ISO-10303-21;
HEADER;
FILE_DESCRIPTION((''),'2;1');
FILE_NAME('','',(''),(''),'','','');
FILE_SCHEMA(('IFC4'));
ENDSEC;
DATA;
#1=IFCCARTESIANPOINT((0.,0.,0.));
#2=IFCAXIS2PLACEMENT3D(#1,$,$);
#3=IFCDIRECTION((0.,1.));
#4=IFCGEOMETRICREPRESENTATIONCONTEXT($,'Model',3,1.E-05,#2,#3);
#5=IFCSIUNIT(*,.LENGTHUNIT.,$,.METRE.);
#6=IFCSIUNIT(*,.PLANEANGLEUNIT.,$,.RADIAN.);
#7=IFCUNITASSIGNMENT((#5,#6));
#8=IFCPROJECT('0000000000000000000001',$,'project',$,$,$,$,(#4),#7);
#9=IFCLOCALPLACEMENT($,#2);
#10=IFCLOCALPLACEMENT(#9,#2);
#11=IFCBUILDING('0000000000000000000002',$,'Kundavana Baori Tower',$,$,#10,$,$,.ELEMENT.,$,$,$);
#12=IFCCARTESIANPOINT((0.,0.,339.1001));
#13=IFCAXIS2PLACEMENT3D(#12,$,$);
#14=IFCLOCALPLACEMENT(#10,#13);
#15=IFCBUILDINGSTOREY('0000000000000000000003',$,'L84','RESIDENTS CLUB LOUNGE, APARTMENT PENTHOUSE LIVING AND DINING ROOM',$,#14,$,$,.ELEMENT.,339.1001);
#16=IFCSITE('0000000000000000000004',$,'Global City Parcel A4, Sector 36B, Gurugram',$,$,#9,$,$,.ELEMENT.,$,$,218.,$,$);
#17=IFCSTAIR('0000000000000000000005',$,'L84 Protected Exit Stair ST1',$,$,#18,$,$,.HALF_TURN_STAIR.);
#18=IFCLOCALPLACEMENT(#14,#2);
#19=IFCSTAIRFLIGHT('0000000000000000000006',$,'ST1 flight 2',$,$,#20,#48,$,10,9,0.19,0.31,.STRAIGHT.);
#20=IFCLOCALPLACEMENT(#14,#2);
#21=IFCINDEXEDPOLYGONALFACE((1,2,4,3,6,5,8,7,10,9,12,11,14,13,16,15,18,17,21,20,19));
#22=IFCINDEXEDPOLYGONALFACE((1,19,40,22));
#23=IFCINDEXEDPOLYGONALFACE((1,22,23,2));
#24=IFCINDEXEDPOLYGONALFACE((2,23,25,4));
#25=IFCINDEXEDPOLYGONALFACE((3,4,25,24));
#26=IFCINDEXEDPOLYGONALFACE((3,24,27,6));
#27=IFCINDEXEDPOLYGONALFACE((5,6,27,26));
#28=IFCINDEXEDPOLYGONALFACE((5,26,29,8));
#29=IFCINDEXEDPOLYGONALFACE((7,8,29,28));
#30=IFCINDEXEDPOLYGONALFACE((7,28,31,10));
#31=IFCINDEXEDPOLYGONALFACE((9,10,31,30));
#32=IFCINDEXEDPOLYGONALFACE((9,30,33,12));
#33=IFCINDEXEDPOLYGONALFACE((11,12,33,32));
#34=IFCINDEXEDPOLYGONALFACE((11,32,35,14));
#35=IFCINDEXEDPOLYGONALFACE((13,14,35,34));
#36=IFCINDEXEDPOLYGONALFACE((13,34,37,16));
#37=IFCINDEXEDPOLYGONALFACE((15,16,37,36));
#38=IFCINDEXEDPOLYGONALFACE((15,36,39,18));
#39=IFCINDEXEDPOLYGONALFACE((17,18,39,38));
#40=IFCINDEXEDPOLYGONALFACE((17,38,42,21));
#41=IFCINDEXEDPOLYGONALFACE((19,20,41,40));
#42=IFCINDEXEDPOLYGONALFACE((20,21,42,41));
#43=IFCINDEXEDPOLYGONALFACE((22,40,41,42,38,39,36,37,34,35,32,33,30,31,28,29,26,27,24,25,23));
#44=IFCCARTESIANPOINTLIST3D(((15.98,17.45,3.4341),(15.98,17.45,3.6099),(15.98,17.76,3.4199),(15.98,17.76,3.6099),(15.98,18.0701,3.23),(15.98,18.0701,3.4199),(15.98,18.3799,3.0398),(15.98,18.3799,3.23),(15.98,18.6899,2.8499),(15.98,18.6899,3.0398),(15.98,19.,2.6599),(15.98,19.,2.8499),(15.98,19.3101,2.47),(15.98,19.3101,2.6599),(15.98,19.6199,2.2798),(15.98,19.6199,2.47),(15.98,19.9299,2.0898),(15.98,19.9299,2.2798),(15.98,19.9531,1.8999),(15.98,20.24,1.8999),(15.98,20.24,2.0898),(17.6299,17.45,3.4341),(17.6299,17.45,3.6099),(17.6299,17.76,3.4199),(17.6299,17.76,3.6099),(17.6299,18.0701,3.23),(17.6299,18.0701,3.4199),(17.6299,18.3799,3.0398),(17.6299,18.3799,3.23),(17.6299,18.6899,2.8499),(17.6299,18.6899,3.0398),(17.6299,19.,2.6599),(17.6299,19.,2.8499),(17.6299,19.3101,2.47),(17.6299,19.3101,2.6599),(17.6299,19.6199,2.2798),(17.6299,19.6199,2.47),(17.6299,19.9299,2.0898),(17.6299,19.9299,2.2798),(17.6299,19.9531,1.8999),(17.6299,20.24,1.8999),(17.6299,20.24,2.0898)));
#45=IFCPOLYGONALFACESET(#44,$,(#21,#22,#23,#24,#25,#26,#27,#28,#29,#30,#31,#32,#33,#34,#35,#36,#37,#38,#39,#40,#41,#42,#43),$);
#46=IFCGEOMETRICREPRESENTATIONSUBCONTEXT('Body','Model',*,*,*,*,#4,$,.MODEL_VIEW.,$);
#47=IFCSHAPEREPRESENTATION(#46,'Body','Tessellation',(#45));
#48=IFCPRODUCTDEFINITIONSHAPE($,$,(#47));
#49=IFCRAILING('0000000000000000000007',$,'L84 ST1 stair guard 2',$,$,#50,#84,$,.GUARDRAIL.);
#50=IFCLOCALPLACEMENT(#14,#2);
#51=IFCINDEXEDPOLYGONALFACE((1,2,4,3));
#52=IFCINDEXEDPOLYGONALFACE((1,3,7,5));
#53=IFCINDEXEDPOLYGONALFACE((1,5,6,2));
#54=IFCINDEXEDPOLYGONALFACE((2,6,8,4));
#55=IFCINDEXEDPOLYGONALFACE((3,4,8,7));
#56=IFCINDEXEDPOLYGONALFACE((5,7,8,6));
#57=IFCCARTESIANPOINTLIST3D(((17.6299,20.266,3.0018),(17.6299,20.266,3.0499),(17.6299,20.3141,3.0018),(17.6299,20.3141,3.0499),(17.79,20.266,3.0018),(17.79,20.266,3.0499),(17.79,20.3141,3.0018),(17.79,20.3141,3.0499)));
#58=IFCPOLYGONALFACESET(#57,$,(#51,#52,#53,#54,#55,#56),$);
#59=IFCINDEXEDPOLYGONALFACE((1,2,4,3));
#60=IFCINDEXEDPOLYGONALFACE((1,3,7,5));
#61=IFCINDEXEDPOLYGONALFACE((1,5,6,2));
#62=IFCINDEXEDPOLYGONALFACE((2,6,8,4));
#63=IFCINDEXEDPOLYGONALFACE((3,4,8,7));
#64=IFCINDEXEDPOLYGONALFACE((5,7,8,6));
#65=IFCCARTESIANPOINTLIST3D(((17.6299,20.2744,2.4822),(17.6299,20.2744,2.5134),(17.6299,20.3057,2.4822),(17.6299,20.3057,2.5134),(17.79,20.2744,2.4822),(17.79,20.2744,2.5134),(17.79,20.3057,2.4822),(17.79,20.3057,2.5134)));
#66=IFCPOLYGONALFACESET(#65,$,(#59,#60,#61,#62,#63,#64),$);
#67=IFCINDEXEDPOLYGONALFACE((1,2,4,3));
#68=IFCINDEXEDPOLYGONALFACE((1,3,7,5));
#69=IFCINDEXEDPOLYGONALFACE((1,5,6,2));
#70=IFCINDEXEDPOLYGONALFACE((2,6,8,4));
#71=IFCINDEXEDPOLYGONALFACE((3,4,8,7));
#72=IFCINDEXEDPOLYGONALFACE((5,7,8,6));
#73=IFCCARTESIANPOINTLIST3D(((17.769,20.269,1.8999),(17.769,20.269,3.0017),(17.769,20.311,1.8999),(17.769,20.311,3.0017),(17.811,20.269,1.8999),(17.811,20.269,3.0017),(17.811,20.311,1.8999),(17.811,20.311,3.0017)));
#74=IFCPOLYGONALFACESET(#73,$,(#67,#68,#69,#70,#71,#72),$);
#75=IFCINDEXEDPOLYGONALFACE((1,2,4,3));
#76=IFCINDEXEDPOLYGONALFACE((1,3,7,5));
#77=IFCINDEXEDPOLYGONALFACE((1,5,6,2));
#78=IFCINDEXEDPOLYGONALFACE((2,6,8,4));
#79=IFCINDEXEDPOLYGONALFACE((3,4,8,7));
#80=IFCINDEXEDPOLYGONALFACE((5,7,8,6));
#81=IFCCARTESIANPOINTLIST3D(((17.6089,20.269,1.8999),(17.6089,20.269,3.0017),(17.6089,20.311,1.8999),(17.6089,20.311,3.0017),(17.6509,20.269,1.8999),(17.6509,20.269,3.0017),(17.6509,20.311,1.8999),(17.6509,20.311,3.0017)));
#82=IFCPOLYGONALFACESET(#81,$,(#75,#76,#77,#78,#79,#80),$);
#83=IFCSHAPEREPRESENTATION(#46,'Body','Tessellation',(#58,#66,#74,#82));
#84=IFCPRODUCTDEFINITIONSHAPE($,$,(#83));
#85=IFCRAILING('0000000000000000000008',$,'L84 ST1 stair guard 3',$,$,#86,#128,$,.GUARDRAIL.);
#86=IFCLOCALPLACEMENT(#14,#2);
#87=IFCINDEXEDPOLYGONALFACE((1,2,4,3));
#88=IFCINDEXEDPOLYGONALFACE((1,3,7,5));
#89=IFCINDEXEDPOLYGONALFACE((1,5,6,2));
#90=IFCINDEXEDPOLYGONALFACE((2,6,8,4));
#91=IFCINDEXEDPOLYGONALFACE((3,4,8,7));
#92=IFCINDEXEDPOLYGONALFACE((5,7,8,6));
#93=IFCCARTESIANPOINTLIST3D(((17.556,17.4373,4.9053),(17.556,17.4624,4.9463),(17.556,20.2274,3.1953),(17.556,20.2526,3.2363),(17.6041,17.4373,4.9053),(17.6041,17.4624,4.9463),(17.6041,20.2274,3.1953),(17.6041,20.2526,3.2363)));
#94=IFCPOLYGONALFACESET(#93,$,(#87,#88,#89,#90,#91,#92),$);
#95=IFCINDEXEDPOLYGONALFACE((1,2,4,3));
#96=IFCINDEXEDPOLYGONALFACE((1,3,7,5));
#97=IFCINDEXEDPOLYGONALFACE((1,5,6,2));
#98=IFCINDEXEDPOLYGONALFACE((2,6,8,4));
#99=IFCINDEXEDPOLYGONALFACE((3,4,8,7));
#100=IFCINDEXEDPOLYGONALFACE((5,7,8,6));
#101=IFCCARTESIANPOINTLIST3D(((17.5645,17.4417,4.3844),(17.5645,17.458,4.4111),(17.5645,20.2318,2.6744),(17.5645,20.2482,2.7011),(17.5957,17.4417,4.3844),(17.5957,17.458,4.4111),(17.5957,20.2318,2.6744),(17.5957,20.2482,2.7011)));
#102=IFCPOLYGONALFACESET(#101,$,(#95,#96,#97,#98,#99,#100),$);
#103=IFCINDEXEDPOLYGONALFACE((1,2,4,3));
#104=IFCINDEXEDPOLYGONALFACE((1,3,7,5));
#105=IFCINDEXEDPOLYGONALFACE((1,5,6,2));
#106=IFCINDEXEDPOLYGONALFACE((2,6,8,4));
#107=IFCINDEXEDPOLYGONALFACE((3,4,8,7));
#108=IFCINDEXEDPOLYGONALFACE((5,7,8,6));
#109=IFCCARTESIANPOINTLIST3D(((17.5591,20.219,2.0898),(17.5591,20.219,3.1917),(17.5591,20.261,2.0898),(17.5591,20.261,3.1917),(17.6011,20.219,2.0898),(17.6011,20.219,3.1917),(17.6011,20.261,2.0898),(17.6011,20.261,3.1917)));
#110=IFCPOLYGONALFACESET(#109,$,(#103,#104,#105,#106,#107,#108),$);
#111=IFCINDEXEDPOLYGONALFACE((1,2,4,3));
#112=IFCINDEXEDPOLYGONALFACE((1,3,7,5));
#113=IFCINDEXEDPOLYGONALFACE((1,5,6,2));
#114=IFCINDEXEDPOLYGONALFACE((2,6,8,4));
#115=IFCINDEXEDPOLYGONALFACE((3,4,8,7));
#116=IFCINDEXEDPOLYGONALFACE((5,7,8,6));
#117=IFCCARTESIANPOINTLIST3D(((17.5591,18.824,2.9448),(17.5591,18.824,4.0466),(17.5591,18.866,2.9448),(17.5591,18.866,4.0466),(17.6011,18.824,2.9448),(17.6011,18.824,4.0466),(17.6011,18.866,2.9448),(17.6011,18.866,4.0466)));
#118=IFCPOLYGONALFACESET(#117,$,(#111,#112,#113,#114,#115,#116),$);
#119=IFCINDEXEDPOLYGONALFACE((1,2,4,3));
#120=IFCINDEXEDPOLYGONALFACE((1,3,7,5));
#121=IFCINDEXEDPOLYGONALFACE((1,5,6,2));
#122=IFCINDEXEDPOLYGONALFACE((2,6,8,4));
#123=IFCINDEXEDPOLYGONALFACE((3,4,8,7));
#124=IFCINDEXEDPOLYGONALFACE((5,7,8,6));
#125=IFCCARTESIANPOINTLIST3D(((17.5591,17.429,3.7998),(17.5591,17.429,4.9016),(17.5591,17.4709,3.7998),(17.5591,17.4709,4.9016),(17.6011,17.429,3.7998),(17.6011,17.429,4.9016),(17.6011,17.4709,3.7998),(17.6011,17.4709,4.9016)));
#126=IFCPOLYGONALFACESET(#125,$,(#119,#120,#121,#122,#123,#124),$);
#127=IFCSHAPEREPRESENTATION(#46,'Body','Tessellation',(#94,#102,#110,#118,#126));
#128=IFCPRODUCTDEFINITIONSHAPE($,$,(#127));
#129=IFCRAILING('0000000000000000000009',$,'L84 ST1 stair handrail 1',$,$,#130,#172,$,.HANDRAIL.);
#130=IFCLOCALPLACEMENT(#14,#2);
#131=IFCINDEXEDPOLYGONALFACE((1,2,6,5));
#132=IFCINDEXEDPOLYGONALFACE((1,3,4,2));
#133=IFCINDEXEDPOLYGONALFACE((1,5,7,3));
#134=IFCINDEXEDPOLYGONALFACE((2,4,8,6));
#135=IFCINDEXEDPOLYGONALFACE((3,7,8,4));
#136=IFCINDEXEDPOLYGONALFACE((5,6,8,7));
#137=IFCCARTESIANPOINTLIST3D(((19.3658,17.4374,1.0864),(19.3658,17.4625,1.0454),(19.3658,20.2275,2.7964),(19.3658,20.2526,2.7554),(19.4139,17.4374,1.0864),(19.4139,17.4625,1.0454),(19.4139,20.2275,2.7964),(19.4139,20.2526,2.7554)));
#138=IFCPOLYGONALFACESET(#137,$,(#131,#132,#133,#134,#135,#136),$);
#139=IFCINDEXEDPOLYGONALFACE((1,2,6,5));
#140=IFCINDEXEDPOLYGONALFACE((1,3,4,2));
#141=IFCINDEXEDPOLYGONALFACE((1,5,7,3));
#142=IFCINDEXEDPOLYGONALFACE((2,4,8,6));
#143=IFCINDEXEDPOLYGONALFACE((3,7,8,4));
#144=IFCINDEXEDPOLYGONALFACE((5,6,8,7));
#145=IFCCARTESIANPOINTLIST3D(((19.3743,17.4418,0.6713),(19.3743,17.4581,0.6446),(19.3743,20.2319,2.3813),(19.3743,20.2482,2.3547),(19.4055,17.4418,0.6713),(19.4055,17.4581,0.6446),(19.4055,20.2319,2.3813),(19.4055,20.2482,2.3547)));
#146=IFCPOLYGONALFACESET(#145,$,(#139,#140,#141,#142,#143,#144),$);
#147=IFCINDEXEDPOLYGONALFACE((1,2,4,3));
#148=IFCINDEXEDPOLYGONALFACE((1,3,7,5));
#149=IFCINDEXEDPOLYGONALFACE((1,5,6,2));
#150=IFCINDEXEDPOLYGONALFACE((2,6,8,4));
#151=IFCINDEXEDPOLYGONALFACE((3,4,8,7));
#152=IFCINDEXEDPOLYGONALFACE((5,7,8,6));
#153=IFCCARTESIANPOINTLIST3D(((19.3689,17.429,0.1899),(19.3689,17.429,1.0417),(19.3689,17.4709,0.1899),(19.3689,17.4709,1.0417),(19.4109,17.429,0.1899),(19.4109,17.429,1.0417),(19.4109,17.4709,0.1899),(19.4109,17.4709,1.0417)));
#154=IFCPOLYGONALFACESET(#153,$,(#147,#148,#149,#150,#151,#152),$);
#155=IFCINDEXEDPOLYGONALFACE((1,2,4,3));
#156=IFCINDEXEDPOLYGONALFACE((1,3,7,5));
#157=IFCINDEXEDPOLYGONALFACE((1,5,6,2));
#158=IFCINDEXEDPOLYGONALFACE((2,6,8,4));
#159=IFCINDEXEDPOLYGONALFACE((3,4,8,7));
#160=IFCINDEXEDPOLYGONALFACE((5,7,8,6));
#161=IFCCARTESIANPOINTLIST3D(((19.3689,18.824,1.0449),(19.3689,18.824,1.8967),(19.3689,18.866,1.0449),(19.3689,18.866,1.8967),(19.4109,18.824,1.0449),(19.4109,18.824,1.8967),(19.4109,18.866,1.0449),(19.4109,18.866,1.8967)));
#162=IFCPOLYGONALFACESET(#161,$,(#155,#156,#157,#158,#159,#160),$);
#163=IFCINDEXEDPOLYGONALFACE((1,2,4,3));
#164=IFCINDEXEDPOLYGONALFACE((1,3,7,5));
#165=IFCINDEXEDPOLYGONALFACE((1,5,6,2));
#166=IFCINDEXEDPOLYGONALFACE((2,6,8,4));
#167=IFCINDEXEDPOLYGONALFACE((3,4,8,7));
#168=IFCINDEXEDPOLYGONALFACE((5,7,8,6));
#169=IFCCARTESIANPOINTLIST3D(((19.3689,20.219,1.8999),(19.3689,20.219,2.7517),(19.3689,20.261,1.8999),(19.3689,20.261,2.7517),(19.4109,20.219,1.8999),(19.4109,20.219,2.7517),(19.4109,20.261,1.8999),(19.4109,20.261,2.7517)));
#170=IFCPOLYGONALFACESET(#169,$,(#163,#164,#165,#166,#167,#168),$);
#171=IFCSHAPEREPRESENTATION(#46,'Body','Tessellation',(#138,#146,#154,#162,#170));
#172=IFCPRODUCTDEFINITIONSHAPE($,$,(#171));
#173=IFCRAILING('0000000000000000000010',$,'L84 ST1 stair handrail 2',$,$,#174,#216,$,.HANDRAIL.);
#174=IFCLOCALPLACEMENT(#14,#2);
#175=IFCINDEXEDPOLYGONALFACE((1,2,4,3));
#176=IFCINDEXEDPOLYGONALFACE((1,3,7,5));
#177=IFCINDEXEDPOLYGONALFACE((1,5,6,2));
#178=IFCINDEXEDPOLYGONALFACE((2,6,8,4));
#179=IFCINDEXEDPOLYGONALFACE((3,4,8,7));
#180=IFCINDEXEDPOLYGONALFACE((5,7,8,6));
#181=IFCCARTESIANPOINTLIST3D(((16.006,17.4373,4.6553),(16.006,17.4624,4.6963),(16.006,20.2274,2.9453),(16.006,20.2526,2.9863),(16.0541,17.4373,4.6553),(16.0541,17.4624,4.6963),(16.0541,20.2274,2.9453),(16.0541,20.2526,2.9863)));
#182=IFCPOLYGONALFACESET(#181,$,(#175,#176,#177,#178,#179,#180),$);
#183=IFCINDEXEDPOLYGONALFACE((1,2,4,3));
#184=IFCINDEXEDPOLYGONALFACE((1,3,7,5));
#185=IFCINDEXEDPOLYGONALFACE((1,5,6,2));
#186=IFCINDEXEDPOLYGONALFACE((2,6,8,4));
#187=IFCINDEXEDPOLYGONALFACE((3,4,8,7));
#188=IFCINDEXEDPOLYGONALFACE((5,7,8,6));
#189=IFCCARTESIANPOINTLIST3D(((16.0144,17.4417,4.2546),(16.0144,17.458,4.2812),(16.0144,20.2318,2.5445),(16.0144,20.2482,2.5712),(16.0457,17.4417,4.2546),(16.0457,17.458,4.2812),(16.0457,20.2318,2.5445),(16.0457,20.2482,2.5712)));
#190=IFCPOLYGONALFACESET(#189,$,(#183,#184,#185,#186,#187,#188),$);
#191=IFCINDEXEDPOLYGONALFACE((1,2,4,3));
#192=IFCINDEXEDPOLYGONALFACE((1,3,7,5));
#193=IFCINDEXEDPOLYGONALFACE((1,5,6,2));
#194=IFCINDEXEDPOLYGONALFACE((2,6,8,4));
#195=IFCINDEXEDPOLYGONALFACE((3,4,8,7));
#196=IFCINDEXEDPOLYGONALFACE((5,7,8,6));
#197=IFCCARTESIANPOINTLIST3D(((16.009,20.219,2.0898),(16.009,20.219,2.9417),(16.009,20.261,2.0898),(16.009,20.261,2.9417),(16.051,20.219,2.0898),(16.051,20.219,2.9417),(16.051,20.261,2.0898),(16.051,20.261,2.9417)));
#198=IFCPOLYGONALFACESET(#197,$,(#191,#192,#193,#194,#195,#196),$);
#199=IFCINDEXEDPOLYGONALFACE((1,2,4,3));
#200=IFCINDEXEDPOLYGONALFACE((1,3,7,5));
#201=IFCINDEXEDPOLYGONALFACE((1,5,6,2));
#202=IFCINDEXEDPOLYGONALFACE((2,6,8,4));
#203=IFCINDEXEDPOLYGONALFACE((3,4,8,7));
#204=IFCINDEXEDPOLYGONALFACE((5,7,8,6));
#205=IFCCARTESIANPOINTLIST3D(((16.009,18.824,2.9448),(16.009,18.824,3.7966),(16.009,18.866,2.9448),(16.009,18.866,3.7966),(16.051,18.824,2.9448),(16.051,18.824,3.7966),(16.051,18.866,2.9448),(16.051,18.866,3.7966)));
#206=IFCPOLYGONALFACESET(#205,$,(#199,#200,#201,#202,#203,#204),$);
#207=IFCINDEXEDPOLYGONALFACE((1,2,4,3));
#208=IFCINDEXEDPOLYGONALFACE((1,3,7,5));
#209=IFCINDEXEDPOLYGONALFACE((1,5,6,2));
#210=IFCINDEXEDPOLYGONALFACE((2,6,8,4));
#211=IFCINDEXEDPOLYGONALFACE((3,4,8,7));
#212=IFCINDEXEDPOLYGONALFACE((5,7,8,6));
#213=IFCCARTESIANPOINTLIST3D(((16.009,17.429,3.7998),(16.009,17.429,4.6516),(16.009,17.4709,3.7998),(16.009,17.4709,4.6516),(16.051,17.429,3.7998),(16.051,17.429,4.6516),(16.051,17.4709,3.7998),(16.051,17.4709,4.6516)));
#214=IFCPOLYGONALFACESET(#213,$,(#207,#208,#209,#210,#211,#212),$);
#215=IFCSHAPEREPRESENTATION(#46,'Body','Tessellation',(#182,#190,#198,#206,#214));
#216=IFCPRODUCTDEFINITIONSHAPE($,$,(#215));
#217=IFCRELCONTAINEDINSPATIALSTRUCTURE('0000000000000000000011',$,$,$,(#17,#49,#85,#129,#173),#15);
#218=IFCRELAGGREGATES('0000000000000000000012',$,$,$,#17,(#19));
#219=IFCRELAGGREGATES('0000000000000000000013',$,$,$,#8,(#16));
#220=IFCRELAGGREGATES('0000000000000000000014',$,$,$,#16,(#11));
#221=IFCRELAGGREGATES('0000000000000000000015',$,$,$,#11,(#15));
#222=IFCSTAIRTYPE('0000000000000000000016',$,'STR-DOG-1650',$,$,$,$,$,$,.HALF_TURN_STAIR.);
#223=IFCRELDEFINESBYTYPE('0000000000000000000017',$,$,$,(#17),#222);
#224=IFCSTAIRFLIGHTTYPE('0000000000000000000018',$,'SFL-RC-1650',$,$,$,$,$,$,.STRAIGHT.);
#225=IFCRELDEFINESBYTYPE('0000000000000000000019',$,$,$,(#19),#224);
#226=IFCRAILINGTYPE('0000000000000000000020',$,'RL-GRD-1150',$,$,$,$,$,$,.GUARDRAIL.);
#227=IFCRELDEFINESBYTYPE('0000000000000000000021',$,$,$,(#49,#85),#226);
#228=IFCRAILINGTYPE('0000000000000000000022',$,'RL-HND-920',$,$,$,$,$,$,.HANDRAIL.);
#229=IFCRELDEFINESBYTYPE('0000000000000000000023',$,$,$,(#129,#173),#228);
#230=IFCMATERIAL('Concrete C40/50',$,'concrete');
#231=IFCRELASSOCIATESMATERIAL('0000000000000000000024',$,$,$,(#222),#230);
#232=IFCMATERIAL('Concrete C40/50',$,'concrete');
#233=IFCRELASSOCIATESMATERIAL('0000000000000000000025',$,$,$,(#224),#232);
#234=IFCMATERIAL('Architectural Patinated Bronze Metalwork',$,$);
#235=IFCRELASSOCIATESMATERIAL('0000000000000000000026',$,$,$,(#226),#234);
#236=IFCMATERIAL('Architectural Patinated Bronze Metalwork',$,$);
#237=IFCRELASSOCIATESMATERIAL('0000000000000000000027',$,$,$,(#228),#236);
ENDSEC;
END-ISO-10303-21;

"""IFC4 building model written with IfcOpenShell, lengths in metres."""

from ifc_helpers import new_model, si_unit, direction, frame, origin, origin_2d, place, context, subcontext, project, spatial, polyline, rectangle, outline, extrude, material, type_object, element, aggregate, save


model = new_model("IFC4")

# Units and contexts
model_context = context("Model", 3, precision=1e-05, world=origin(), true_north=direction((0.0, 1.0)))
body_context = subcontext(model_context, "Body", "Model", "MODEL_VIEW")
ifc_project = project(units=[si_unit("LENGTHUNIT", "METRE"), si_unit("PLANEANGLEUNIT", "RADIAN")], contexts=[model_context])

# Site, building, storey
site_placement = place(None, origin())
site = spatial("IfcSite", under=ifc_project, at=site_placement, Name="Global City Parcel A4, Sector 36B, Gurugram", CompositionType="ELEMENT", RefElevation=218.0)
building_placement = place(site_placement, origin())
building = spatial("IfcBuilding", under=site, at=building_placement, Name="Kundavana Baori Tower", CompositionType="ELEMENT")
storey_placement = place(building_placement, frame((0.0, 0.0, 339.1001)))
storey = spatial("IfcBuildingStorey", under=building, at=storey_placement, Name="L84", Description="RESIDENTS CLUB LOUNGE, APARTMENT PENTHOUSE LIVING AND DINING ROOM", CompositionType="ELEMENT", Elevation=339.1001)

# Stair, stair flight
ifc_material_1 = material(Name="Concrete C40/50", Category="concrete")
stair_type = type_object("IfcStairType", Name="STR-DOG-1650", PredefinedType="HALF_TURN_STAIR", material=ifc_material_1)
stair_placement = place(storey_placement, origin())
stair = element("IfcStair", 1, at=stair_placement, inside=storey, type_object=stair_type, Name="L84 Protected Exit Stair ST1", PredefinedType="HALF_TURN_STAIR")
ifc_material_2 = material(Name="Concrete C40/50", Category="concrete")
stair_flight_type = type_object("IfcStairFlightType", Name="SFL-RC-1650", PredefinedType="STRAIGHT", material=ifc_material_2)
stair_flight_placement = place(storey_placement, frame((16.8049, 20.24, 1.8999), z_axis=(0.0, 0.0, 1.0), x_axis=(0.0, -1.0, 0.0)))
stair_flight = element("IfcStairFlight", 2, at=stair_flight_placement, type_object=stair_flight_type, Name="ST1 flight 2", NumberOfRisers=10, NumberOfTreads=9, PredefinedType="STRAIGHT", RiserHeight=0.19, TreadLength=0.31, context=body_context, shape_type="SweptSolid", body=[
    extrude(outline(polyline([(0.0, 0.0), (0.0, 0.1899), (0.3101, 0.1899), (0.3101, 0.3799), (0.6201, 0.3799), (0.6201, 0.5701), (0.9299, 0.5701), (0.9299, 0.76), (1.24, 0.76), (1.24, 0.95), (1.55, 0.95), (1.55, 1.1399), (1.8601, 1.1399), (1.8601, 1.3301), (2.1699, 1.3301), (2.1699, 1.52), (2.48, 1.52), (2.48, 1.71), (2.79, 1.71), (2.79, 1.8999), (2.79, 1.5342), (0.2869, 0.0), (0.0, 0.0)])), frame((0.0, 0.825, 0.0), z_axis=(0.0, -1.0, 0.0), x_axis=(1.0, 0.0, 0.0)), (0.0, 0.0, 1.0), 1.6499),
])
aggregate(stair, [stair_flight])

# Railings
ifc_material_3 = material(Name="Architectural Patinated Bronze Metalwork")
railing_type_1 = type_object("IfcRailingType", Name="RL-GRD-1150", PredefinedType="GUARDRAIL", material=ifc_material_3)
railing_1_placement = place(storey_placement, frame((17.79, 20.29, 1.8999)))
element("IfcRailing", 3, at=railing_1_placement, inside=storey, type_object=railing_type_1, Name="L84 ST1 stair guard 2", PredefinedType="GUARDRAIL", context=body_context, shape_type="SweptSolid", body=[
    extrude(rectangle(XDim=0.0481, YDim=0.0481, at=origin_2d()), frame((0.0, 0.0, 1.126), z_axis=(-1.0, 0.0, 0.0), x_axis=(0.0, -1.0, 0.0)), (0.0, 0.0, 1.0), 0.1602),
    extrude(rectangle(XDim=0.0312, YDim=0.0312, at=origin_2d()), frame((0.0, 0.0, 0.5979), z_axis=(-1.0, 0.0, 0.0), x_axis=(0.0, -1.0, 0.0)), (0.0, 0.0, 1.0), 0.1602),
    extrude(rectangle(XDim=0.042, YDim=0.042, at=origin_2d()), origin(), (0.0, 0.0, 1.0), 1.1018),
    extrude(rectangle(XDim=0.042, YDim=0.042, at=origin_2d()), frame((-0.1602, 0.0, 0.0)), (0.0, 0.0, 1.0), 1.1018),
])
railing_2_placement = place(storey_placement, frame((17.5801, 20.24, 2.0898)))
element("IfcRailing", 4, at=railing_2_placement, inside=storey, type_object=railing_type_1, Name="L84 ST1 stair guard 3", PredefinedType="GUARDRAIL", context=body_context, shape_type="SweptSolid", body=[
    extrude(rectangle(XDim=0.0481, YDim=0.0481, at=origin_2d()), frame((0.0, 0.0, 1.126), z_axis=(0.0, -0.85261, 0.522548), x_axis=(1.0, 0.0, 0.0)), (0.0, 0.0, 1.0), 3.2725),
    extrude(rectangle(XDim=0.0312, YDim=0.0312, at=origin_2d()), frame((0.0, 0.0, 0.5979), z_axis=(0.0, -0.85261, 0.522548), x_axis=(1.0, 0.0, 0.0)), (0.0, 0.0, 1.0), 3.2725),
    extrude(rectangle(XDim=0.042, YDim=0.042, at=origin_2d()), origin(), (0.0, 0.0, 1.0), 1.1018),
    extrude(rectangle(XDim=0.042, YDim=0.042, at=origin_2d()), frame((0.0, -1.395, 0.855)), (0.0, 0.0, 1.0), 1.1018),
    extrude(rectangle(XDim=0.042, YDim=0.042, at=origin_2d()), frame((0.0, -2.79, 1.71)), (0.0, 0.0, 1.0), 1.1018),
])
ifc_material_4 = material(Name="Architectural Patinated Bronze Metalwork")
railing_type_2 = type_object("IfcRailingType", Name="RL-HND-920", PredefinedType="HANDRAIL", material=ifc_material_4)
railing_3_placement = place(storey_placement, frame((19.3899, 17.45, 0.1899)))
element("IfcRailing", 5, at=railing_3_placement, inside=storey, type_object=railing_type_2, Name="L84 ST1 stair handrail 1", PredefinedType="HANDRAIL", context=body_context, shape_type="SweptSolid", body=[
    extrude(rectangle(XDim=0.0481, YDim=0.0481, at=origin_2d()), frame((0.0, 0.0, 0.876), z_axis=(0.0, 0.85261, 0.522548), x_axis=(-1.0, 0.0, 0.0)), (0.0, 0.0, 1.0), 3.2725),
    extrude(rectangle(XDim=0.0312, YDim=0.0312, at=origin_2d()), frame((0.0, 0.0, 0.468), z_axis=(0.0, 0.85261, 0.522548), x_axis=(-1.0, 0.0, 0.0)), (0.0, 0.0, 1.0), 3.2725),
    extrude(rectangle(XDim=0.042, YDim=0.042, at=origin_2d()), origin(), (0.0, 0.0, 1.0), 0.8518),
    extrude(rectangle(XDim=0.042, YDim=0.042, at=origin_2d()), frame((0.0, 1.395, 0.855)), (0.0, 0.0, 1.0), 0.8518),
    extrude(rectangle(XDim=0.042, YDim=0.042, at=origin_2d()), frame((0.0, 2.79, 1.71)), (0.0, 0.0, 1.0), 0.8518),
])
railing_4_placement = place(storey_placement, frame((16.03, 20.24, 2.0898)))
element("IfcRailing", 6, at=railing_4_placement, inside=storey, type_object=railing_type_2, Name="L84 ST1 stair handrail 2", PredefinedType="HANDRAIL", context=body_context, shape_type="SweptSolid", body=[
    extrude(rectangle(XDim=0.0481, YDim=0.0481, at=origin_2d()), frame((0.0, 0.0, 0.876), z_axis=(0.0, -0.85261, 0.522548), x_axis=(1.0, 0.0, 0.0)), (0.0, 0.0, 1.0), 3.2725),
    extrude(rectangle(XDim=0.0312, YDim=0.0312, at=origin_2d()), frame((0.0, 0.0, 0.468), z_axis=(0.0, -0.85261, 0.522548), x_axis=(1.0, 0.0, 0.0)), (0.0, 0.0, 1.0), 3.2725),
    extrude(rectangle(XDim=0.042, YDim=0.042, at=origin_2d()), origin(), (0.0, 0.0, 1.0), 0.8518),
    extrude(rectangle(XDim=0.042, YDim=0.042, at=origin_2d()), frame((0.0, -1.395, 0.855)), (0.0, 0.0, 1.0), 0.8518),
    extrude(rectangle(XDim=0.042, YDim=0.042, at=origin_2d()), frame((0.0, -2.79, 1.71)), (0.0, 0.0, 1.0), 0.8518),
])

save(model, "model.ifc")
